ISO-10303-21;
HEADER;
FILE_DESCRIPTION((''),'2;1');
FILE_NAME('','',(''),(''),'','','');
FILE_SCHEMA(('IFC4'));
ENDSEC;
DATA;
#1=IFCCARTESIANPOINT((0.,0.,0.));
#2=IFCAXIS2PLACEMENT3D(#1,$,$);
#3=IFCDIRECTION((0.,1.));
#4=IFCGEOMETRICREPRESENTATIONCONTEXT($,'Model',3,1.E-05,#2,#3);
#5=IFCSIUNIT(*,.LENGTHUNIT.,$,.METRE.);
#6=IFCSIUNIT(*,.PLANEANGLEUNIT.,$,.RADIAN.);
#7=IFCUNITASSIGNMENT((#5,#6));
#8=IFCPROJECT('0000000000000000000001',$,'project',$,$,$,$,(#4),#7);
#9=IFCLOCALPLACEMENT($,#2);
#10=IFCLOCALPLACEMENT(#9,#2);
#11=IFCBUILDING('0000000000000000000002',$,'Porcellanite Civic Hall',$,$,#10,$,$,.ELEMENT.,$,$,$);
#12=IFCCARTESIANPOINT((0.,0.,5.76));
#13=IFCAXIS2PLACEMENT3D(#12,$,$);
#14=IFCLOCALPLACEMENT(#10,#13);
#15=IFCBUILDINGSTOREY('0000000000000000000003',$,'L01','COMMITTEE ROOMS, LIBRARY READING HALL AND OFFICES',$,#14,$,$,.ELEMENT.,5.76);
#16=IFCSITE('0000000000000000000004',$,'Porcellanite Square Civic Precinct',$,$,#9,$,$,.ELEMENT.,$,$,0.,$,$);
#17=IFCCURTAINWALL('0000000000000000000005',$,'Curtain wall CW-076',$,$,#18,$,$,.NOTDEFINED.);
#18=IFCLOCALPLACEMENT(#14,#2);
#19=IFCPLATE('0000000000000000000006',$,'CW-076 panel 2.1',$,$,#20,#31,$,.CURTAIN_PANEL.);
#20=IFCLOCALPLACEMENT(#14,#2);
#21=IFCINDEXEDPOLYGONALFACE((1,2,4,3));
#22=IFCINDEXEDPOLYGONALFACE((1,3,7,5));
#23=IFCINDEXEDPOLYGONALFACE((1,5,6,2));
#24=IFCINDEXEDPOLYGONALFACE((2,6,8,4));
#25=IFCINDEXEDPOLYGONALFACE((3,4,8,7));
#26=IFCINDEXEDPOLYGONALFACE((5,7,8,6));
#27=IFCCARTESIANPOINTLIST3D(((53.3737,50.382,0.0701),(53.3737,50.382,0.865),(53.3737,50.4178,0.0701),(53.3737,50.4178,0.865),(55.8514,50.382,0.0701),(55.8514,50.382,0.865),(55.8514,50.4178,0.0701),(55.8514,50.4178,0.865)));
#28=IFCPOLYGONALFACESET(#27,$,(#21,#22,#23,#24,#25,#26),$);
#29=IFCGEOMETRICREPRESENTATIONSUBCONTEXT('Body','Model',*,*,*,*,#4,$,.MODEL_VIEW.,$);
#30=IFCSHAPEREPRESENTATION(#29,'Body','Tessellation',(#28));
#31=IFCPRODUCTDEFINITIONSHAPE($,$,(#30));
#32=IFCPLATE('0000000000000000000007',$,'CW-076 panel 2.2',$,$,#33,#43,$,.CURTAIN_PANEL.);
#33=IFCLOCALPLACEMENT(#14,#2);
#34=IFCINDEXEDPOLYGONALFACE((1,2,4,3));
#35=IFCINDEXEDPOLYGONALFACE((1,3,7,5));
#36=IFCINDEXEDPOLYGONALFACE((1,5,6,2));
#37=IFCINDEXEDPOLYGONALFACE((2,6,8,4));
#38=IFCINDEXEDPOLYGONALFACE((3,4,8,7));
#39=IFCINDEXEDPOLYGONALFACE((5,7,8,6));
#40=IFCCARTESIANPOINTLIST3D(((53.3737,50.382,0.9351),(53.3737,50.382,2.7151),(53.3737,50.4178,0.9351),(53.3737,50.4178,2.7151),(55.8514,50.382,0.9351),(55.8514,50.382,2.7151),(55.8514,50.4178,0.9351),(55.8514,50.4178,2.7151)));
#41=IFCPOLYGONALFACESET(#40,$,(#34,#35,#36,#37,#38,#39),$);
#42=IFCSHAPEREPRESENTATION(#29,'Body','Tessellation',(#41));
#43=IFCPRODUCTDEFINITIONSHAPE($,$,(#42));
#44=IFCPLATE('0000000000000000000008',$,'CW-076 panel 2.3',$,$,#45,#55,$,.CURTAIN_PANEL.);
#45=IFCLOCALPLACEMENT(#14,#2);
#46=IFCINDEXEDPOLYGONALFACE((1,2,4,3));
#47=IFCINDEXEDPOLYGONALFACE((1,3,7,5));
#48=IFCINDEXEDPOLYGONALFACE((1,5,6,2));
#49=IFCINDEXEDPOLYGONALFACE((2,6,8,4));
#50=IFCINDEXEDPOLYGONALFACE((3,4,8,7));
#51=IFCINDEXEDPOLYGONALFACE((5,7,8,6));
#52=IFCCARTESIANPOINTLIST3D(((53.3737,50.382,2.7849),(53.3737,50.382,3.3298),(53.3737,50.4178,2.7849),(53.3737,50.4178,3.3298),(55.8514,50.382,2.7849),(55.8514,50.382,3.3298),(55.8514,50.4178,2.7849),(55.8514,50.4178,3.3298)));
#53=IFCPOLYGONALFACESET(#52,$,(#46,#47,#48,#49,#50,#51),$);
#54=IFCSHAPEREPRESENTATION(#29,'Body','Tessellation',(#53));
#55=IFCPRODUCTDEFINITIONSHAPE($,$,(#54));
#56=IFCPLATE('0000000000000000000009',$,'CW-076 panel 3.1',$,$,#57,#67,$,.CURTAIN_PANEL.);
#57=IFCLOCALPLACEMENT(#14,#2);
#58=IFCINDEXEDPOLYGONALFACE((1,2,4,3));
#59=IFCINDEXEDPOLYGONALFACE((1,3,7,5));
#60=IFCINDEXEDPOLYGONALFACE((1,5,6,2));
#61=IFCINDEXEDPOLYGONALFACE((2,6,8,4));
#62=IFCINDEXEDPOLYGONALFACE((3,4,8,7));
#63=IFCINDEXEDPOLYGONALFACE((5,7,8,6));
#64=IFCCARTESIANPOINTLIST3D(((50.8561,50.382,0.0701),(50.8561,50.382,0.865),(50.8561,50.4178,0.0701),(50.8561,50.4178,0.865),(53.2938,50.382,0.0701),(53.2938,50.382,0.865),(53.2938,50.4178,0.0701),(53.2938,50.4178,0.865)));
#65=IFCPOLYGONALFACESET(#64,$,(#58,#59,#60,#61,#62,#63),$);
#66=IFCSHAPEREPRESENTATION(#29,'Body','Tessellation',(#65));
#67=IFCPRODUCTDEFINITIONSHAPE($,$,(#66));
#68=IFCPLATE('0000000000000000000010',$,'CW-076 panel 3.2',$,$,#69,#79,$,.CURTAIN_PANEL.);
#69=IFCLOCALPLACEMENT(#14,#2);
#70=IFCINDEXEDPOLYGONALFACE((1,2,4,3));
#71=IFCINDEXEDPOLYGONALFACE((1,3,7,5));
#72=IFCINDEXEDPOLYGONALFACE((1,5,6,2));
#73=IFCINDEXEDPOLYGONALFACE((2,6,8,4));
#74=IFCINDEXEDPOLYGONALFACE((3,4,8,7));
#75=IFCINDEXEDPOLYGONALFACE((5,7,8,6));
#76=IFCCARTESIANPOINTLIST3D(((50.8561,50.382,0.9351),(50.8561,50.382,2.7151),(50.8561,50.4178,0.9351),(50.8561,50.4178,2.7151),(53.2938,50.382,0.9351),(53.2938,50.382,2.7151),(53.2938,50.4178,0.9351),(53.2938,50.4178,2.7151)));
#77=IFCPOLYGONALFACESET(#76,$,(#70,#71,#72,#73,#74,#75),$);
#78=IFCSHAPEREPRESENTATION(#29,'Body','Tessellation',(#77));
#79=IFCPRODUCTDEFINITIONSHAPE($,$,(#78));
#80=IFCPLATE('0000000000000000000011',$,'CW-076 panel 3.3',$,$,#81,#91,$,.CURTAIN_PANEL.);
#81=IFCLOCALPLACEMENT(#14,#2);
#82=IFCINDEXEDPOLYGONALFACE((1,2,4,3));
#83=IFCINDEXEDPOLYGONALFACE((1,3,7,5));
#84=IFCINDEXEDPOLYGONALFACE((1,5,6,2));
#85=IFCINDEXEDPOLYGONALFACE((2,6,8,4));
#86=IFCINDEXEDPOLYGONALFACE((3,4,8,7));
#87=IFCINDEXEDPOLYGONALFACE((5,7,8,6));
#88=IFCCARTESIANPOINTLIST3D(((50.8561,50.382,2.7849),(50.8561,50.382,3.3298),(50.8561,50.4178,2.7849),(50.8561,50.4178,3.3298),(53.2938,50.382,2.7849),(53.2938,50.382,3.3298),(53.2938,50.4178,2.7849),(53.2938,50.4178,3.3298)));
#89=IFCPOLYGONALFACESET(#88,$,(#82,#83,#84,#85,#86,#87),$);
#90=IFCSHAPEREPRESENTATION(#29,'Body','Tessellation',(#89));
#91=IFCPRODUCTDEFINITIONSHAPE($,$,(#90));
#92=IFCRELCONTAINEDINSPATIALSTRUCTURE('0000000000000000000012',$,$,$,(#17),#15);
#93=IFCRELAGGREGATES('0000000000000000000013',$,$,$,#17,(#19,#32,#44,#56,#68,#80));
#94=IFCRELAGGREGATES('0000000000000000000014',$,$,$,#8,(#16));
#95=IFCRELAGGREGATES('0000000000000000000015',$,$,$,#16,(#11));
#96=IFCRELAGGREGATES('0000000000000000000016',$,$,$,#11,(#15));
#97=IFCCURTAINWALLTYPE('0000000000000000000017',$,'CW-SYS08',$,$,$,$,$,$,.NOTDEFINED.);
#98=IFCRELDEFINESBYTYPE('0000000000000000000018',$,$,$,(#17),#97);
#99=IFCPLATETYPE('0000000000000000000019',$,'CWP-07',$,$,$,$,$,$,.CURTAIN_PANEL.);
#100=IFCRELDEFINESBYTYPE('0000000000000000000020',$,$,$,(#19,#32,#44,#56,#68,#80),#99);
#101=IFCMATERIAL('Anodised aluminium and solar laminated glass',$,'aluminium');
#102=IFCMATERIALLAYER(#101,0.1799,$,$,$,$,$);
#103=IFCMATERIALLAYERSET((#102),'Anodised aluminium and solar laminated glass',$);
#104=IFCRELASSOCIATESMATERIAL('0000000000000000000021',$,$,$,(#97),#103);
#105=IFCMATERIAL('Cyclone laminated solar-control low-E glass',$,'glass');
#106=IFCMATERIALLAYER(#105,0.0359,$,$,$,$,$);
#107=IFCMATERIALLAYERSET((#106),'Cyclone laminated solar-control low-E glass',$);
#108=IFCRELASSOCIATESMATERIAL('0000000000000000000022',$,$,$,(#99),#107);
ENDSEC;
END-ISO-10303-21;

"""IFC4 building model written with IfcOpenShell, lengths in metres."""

from ifc_helpers import new_model, si_unit, direction, frame, origin, origin_2d, place, context, subcontext, project, spatial, rectangle, extrude, material, layer, layer_set, type_object, element, aggregate, save


model = new_model("IFC4")

# Units and contexts
model_context = context("Model", 3, precision=1e-05, world=origin(), true_north=direction((0.0, 1.0)))
body_context = subcontext(model_context, "Body", "Model", "MODEL_VIEW")
ifc_project = project(units=[si_unit("LENGTHUNIT", "METRE"), si_unit("PLANEANGLEUNIT", "RADIAN")], contexts=[model_context])

# Site, building, storey
site_placement = place(None, origin())
site = spatial("IfcSite", under=ifc_project, at=site_placement, Name="Porcellanite Square Civic Precinct", CompositionType="ELEMENT", RefElevation=0.0)
building_placement = place(site_placement, origin())
building = spatial("IfcBuilding", under=site, at=building_placement, Name="Porcellanite Civic Hall", CompositionType="ELEMENT")
storey_placement = place(building_placement, frame((0.0, 0.0, 5.76)))
storey = spatial("IfcBuildingStorey", under=building, at=storey_placement, Name="L01", Description="COMMITTEE ROOMS, LIBRARY READING HALL AND OFFICES", CompositionType="ELEMENT", Elevation=5.76)

# Curtain wall, plates
ifc_material_1 = material(Name="Anodised aluminium and solar laminated glass", Category="aluminium")
ifc_layer_1 = layer(ifc_material_1, 0.1799)
ifc_layer_set_1 = layer_set([ifc_layer_1], Name="Anodised aluminium and solar laminated glass")
curtain_wall_type = type_object("IfcCurtainWallType", Name="CW-SYS08", PredefinedType="NOTDEFINED", material=ifc_layer_set_1)
curtain_wall_placement = place(storey_placement, origin())
curtain_wall = element("IfcCurtainWall", 1, at=curtain_wall_placement, inside=storey, type_object=curtain_wall_type, Name="Curtain wall CW-076", PredefinedType="NOTDEFINED")
ifc_material_2 = material(Name="Cyclone laminated solar-control low-E glass", Category="glass")
ifc_layer_2 = layer(ifc_material_2, 0.0359)
ifc_layer_set_2 = layer_set([ifc_layer_2], Name="Cyclone laminated solar-control low-E glass")
plate_type = type_object("IfcPlateType", Name="CWP-07", PredefinedType="CURTAIN_PANEL", material=ifc_layer_set_2)
plate_1_placement = place(storey_placement, frame((54.6125, 50.3999, 0.0701), z_axis=(0.0, 0.0, 1.0), x_axis=(-1.0, 0.0, 0.0)))
plate_1 = element("IfcPlate", 2, at=plate_1_placement, type_object=plate_type, Name="CW-076 panel 2.1", PredefinedType="CURTAIN_PANEL", context=body_context, shape_type="SweptSolid", body=[
    extrude(rectangle(XDim=2.4778, YDim=0.0359, at=origin_2d()), origin(), (0.0, 0.0, 1.0), 0.7949),
])
plate_2_placement = place(storey_placement, frame((54.6125, 50.3999, 0.9351), z_axis=(0.0, 0.0, 1.0), x_axis=(-1.0, 0.0, 0.0)))
plate_2 = element("IfcPlate", 3, at=plate_2_placement, type_object=plate_type, Name="CW-076 panel 2.2", PredefinedType="CURTAIN_PANEL", context=body_context, shape_type="SweptSolid", body=[
    extrude(rectangle(XDim=2.4778, YDim=0.0359, at=origin_2d()), origin(), (0.0, 0.0, 1.0), 1.78),
])
plate_3_placement = place(storey_placement, frame((54.6125, 50.3999, 2.7849), z_axis=(0.0, 0.0, 1.0), x_axis=(-1.0, 0.0, 0.0)))
plate_3 = element("IfcPlate", 4, at=plate_3_placement, type_object=plate_type, Name="CW-076 panel 2.3", PredefinedType="CURTAIN_PANEL", context=body_context, shape_type="SweptSolid", body=[
    extrude(rectangle(XDim=2.4778, YDim=0.0359, at=origin_2d()), origin(), (0.0, 0.0, 1.0), 0.5449),
])
plate_4_placement = place(storey_placement, frame((52.075, 50.3999, 0.0701), z_axis=(0.0, 0.0, 1.0), x_axis=(-1.0, 0.0, 0.0)))
plate_4 = element("IfcPlate", 5, at=plate_4_placement, type_object=plate_type, Name="CW-076 panel 3.1", PredefinedType="CURTAIN_PANEL", context=body_context, shape_type="SweptSolid", body=[
    extrude(rectangle(XDim=2.4377, YDim=0.0359, at=origin_2d()), origin(), (0.0, 0.0, 1.0), 0.7949),
])
plate_5_placement = place(storey_placement, frame((52.075, 50.3999, 0.9351), z_axis=(0.0, 0.0, 1.0), x_axis=(-1.0, 0.0, 0.0)))
plate_5 = element("IfcPlate", 6, at=plate_5_placement, type_object=plate_type, Name="CW-076 panel 3.2", PredefinedType="CURTAIN_PANEL", context=body_context, shape_type="SweptSolid", body=[
    extrude(rectangle(XDim=2.4377, YDim=0.0359, at=origin_2d()), origin(), (0.0, 0.0, 1.0), 1.78),
])
plate_6_placement = place(storey_placement, frame((52.075, 50.3999, 2.7849), z_axis=(0.0, 0.0, 1.0), x_axis=(-1.0, 0.0, 0.0)))
plate_6 = element("IfcPlate", 7, at=plate_6_placement, type_object=plate_type, Name="CW-076 panel 3.3", PredefinedType="CURTAIN_PANEL", context=body_context, shape_type="SweptSolid", body=[
    extrude(rectangle(XDim=2.4377, YDim=0.0359, at=origin_2d()), origin(), (0.0, 0.0, 1.0), 0.5449),
])
aggregate(curtain_wall, [plate_1, plate_2, plate_3, plate_4, plate_5, plate_6])

save(model, "model.ifc")
